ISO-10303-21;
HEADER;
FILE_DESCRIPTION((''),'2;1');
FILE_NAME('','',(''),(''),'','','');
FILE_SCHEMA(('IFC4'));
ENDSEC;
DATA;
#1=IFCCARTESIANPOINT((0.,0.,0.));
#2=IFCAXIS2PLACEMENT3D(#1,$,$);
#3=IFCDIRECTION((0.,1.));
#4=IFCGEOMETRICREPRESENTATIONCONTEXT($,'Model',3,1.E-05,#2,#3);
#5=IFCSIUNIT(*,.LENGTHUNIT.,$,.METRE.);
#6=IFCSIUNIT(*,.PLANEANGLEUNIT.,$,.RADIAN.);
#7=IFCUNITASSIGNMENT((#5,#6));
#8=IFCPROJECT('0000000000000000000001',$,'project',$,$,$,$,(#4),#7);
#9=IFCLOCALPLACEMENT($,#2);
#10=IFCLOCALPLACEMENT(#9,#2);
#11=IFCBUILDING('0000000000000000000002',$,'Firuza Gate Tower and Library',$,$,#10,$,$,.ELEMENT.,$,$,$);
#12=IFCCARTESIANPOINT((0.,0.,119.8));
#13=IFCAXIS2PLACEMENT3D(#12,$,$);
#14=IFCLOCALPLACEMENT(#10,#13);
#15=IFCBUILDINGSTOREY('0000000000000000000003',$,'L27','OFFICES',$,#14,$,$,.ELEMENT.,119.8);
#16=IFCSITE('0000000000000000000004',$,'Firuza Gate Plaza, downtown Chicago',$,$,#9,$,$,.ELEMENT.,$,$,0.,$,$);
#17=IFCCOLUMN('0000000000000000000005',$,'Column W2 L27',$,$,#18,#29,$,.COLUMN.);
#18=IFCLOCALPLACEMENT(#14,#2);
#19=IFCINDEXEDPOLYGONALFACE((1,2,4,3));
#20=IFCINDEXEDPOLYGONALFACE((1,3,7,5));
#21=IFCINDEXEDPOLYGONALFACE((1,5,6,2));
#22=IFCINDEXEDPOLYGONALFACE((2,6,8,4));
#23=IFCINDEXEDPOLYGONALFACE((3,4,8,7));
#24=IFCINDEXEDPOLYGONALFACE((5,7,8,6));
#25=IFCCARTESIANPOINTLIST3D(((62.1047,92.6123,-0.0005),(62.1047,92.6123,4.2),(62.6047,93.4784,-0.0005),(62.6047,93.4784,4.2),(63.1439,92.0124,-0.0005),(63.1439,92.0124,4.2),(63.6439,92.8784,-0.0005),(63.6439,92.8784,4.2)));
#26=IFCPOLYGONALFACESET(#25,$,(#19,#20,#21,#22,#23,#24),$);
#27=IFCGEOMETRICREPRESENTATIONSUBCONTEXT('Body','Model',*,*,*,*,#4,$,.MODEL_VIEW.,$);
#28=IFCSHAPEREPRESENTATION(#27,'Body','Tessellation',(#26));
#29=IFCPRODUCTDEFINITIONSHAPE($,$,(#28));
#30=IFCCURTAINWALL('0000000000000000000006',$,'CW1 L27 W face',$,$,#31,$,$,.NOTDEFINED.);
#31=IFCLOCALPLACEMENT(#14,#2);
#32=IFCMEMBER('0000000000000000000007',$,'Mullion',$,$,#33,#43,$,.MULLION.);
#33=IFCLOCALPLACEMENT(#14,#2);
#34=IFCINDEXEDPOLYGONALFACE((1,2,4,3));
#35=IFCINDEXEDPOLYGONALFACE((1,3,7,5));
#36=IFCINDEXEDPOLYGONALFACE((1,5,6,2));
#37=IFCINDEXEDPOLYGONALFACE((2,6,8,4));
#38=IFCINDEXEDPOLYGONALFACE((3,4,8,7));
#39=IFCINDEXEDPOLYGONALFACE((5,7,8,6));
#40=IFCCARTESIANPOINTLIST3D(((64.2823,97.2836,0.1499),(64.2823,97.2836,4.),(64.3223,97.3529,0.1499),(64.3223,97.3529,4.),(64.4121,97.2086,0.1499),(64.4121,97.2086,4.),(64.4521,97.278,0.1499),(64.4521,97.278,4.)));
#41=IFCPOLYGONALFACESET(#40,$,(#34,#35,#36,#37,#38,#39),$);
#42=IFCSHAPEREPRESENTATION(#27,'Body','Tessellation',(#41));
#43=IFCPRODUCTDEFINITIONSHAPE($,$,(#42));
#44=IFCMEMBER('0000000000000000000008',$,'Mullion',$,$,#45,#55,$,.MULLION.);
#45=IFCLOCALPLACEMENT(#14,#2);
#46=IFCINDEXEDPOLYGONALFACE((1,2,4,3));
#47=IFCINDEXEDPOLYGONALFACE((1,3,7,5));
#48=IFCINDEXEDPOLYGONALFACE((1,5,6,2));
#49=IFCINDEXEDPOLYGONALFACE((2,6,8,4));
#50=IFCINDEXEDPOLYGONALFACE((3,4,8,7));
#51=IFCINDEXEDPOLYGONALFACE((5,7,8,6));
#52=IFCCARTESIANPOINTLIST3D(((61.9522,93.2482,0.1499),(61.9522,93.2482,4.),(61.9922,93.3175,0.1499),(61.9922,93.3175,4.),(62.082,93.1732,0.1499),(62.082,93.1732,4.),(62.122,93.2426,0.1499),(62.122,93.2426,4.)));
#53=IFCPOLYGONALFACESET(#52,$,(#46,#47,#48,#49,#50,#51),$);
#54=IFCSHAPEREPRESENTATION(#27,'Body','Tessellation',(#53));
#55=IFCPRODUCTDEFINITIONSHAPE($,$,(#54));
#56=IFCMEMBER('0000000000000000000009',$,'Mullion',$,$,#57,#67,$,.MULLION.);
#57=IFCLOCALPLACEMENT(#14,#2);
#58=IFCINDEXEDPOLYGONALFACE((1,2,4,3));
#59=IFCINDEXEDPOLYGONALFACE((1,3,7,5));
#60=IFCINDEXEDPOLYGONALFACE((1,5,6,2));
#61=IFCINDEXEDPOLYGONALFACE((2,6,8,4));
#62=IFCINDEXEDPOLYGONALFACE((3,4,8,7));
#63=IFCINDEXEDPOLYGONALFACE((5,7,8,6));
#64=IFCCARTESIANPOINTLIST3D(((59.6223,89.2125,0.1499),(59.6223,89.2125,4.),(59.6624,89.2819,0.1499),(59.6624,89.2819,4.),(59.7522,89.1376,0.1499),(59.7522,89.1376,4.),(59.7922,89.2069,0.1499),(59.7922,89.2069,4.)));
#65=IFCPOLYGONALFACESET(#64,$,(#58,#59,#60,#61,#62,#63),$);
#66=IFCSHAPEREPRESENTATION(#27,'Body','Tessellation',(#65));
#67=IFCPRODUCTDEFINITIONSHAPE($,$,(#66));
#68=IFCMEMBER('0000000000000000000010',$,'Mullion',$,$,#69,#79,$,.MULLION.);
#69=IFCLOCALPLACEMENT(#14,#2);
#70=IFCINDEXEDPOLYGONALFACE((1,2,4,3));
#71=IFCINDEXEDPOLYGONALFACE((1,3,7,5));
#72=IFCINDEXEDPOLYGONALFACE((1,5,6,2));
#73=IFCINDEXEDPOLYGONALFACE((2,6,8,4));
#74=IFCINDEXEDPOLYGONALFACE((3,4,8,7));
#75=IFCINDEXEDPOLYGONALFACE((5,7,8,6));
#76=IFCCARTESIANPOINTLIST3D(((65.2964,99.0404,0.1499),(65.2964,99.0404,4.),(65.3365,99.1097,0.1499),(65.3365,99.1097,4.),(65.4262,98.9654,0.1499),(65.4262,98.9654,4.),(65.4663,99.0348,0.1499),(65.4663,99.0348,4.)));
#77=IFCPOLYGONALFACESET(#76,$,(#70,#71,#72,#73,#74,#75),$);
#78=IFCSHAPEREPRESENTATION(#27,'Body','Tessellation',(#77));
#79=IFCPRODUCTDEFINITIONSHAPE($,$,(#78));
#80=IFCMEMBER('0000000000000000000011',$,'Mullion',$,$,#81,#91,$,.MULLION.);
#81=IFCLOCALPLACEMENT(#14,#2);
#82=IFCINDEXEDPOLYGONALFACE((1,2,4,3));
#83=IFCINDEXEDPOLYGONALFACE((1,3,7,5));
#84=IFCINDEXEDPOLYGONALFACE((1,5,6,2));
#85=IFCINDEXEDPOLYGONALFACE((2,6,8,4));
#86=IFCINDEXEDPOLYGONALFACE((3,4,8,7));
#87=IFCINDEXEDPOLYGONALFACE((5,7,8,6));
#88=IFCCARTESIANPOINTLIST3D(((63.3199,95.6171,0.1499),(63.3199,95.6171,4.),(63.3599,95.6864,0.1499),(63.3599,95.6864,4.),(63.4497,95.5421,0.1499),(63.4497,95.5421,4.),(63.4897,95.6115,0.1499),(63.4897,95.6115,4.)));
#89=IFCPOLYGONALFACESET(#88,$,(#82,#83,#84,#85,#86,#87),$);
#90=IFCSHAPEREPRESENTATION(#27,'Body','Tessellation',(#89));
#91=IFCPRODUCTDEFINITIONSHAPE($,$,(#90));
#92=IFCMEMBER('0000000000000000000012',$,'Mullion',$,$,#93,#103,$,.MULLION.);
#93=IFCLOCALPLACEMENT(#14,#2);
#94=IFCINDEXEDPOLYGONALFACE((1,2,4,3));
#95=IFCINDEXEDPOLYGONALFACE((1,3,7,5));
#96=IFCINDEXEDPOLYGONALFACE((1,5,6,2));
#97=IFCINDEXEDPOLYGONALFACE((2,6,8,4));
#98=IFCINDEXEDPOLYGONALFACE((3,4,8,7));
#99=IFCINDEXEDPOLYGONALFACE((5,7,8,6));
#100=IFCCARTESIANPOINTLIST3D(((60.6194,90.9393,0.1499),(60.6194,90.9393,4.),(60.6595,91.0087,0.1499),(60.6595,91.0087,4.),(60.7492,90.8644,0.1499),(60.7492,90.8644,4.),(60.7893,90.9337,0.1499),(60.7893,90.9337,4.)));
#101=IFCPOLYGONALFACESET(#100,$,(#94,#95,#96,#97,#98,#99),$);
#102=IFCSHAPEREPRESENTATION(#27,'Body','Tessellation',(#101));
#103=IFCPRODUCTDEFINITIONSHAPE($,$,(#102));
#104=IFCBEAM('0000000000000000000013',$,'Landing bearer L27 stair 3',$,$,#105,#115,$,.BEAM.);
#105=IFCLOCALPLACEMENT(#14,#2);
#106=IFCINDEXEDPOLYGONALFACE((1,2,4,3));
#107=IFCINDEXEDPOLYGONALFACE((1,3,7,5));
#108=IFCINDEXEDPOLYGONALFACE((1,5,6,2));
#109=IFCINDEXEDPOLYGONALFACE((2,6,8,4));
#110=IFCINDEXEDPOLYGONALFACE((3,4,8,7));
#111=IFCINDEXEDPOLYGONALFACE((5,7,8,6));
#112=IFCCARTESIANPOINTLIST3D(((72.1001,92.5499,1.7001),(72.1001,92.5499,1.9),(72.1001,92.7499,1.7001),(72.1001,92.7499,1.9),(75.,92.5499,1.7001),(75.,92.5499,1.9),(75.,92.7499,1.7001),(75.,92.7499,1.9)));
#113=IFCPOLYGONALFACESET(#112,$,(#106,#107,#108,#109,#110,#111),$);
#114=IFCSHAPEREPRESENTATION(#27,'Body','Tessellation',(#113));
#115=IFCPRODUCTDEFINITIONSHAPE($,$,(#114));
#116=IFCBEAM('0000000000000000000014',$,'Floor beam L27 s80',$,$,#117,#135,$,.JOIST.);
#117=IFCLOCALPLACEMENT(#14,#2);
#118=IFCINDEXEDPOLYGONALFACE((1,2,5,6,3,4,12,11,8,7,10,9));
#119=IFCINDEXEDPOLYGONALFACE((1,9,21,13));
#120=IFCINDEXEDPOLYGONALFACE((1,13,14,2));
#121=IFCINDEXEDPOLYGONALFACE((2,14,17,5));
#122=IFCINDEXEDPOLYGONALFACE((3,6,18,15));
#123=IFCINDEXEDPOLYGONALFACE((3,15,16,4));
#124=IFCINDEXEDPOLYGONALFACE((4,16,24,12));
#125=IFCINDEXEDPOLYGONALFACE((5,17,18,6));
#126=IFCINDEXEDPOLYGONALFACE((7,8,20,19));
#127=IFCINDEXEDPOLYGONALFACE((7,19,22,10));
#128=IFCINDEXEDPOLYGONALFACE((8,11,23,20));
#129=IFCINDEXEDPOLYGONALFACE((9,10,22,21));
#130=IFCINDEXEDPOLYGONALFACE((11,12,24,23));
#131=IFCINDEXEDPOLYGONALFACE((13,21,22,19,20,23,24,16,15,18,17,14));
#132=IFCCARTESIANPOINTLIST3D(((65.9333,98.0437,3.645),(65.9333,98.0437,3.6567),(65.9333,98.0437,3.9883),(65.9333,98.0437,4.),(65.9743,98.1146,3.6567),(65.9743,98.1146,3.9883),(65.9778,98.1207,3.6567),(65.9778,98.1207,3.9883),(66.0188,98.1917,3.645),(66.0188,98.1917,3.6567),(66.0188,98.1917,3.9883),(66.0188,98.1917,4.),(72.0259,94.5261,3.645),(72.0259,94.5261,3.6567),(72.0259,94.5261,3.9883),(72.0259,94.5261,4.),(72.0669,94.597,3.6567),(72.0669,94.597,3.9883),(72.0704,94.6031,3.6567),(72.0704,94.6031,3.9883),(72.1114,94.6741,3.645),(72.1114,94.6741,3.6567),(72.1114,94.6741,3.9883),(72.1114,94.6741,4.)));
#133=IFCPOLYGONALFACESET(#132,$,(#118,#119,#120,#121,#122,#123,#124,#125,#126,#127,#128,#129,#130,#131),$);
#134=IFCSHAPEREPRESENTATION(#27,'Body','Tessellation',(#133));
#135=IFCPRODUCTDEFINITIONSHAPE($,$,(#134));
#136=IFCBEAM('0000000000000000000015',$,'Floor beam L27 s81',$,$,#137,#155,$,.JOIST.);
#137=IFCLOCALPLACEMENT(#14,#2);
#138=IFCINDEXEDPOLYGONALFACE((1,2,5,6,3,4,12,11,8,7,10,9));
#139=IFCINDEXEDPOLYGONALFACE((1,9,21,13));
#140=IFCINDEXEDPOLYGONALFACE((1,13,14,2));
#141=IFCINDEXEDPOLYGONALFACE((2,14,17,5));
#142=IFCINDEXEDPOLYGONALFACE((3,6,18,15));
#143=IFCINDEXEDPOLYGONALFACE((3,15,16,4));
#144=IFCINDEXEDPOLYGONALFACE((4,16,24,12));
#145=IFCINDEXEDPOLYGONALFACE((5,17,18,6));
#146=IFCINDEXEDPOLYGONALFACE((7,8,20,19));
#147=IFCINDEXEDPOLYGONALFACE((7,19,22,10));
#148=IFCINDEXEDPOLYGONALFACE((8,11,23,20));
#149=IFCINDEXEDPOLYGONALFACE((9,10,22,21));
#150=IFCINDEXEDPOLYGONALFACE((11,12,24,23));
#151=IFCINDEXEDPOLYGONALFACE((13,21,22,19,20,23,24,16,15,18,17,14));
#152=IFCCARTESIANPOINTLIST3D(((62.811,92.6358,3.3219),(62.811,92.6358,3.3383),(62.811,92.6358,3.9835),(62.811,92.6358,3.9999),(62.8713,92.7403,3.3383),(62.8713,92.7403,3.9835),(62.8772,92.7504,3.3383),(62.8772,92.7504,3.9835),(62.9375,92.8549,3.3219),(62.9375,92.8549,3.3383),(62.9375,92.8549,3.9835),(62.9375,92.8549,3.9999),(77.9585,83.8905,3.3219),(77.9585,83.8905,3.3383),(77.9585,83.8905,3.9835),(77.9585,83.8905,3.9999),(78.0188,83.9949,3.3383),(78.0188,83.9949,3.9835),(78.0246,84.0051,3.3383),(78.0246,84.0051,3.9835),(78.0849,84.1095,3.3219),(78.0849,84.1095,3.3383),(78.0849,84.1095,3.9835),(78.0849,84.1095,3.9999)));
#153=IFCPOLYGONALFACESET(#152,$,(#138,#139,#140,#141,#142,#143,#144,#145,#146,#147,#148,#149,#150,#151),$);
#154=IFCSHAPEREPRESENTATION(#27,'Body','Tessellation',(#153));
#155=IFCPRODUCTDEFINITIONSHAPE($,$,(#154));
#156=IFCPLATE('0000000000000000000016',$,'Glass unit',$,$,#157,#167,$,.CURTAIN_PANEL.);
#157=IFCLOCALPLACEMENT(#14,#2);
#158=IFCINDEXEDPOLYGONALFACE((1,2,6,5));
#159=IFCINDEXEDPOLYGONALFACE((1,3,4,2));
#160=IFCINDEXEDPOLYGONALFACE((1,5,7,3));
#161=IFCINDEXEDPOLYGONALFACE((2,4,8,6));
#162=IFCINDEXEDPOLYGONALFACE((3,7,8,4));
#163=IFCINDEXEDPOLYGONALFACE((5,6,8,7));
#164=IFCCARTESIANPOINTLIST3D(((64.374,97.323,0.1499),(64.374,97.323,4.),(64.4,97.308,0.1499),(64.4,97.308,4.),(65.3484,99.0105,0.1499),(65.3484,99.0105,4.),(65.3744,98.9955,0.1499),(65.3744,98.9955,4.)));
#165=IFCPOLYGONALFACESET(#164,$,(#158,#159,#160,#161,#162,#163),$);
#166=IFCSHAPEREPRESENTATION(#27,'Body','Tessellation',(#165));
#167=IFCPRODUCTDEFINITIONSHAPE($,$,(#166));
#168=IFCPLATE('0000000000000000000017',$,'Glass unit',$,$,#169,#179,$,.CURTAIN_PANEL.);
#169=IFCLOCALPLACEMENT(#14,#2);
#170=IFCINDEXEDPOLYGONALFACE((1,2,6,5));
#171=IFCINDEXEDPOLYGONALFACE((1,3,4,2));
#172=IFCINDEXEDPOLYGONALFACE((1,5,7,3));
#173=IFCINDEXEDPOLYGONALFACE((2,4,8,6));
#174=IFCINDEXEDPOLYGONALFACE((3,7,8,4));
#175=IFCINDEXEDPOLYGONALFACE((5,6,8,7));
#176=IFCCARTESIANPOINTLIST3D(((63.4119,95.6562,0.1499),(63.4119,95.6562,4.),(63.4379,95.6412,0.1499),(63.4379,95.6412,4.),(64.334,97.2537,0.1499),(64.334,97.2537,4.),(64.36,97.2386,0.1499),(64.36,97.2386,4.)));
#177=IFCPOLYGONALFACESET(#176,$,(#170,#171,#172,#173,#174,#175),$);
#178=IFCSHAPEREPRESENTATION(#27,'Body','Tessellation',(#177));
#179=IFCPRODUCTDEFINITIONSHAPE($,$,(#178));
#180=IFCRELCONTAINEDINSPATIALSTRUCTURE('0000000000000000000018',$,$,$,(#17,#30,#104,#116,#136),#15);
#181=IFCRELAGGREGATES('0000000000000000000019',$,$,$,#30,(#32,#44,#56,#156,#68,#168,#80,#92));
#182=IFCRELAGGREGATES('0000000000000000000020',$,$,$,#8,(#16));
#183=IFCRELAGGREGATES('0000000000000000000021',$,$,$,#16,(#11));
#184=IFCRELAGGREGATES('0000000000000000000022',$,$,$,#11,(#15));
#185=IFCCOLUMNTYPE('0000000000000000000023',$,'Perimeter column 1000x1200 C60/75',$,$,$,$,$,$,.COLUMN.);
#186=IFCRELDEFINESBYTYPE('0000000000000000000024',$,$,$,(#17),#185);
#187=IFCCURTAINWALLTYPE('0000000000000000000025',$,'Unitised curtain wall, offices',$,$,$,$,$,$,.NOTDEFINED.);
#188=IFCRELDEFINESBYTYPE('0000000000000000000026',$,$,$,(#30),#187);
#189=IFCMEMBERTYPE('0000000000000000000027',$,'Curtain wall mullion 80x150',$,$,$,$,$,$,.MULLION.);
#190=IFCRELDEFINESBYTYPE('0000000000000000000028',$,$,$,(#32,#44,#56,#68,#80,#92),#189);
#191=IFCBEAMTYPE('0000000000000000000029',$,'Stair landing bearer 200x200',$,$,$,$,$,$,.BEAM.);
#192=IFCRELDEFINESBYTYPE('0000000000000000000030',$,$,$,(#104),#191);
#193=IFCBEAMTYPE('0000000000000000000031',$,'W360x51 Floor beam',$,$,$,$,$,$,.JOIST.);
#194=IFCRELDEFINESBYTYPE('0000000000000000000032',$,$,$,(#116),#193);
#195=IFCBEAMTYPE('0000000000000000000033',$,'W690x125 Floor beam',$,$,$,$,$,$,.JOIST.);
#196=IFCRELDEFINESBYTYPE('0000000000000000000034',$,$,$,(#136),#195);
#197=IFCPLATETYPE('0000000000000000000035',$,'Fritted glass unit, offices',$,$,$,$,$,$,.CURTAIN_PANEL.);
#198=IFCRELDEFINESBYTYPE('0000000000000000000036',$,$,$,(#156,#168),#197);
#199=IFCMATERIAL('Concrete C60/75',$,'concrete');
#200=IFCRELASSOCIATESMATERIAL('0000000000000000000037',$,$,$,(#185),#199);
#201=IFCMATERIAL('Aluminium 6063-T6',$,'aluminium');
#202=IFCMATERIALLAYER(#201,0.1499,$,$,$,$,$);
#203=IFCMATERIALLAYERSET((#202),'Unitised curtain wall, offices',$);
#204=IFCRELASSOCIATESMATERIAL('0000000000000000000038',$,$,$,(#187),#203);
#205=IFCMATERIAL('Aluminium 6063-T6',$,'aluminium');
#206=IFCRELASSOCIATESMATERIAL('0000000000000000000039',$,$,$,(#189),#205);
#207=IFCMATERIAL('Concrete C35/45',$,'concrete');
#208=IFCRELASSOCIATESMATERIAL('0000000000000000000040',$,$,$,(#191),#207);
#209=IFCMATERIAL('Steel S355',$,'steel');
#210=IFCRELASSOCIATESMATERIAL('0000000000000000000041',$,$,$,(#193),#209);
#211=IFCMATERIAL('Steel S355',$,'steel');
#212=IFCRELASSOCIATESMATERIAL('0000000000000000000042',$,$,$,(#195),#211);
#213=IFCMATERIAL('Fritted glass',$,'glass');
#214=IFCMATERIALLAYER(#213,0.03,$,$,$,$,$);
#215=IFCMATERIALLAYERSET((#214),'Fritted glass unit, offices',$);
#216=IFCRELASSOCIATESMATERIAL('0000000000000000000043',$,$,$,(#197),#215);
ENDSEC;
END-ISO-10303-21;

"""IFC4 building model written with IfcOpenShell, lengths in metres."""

from ifc_helpers import new_model, si_unit, direction, frame, origin, origin_2d, place, context, subcontext, project, spatial, polyline, rectangle, i_section, outline, extrude, material, layer, layer_set, material_profile, profile_set, type_object, element, aggregate, save


model = new_model("IFC4")

# Units and contexts
model_context = context("Model", 3, precision=1e-05, world=origin(), true_north=direction((0.0, 1.0)))
body_context = subcontext(model_context, "Body", "Model", "MODEL_VIEW")
ifc_project = project(units=[si_unit("LENGTHUNIT", "METRE"), si_unit("PLANEANGLEUNIT", "RADIAN")], contexts=[model_context])

# Site, building, storey
site_placement = place(None, origin())
site = spatial("IfcSite", under=ifc_project, at=site_placement, Name="Firuza Gate Plaza, downtown Chicago", CompositionType="ELEMENT", RefElevation=0.0)
building_placement = place(site_placement, origin())
building = spatial("IfcBuilding", under=site, at=building_placement, Name="Firuza Gate Tower and Library", CompositionType="ELEMENT")
storey_placement = place(building_placement, frame((0.0, 0.0, 119.8)))
storey = spatial("IfcBuildingStorey", under=building, at=storey_placement, Name="L27", Description="OFFICES", CompositionType="ELEMENT", Elevation=119.8)

# Column
ifc_material_1 = material(Name="Concrete C60/75", Category="concrete")
ifc_material_profile_1 = material_profile(ifc_material_1, rectangle(XDim=1.0, YDim=1.2, at=origin_2d()))
ifc_profile_set_1 = profile_set([ifc_material_profile_1], Name="Concrete C60/75")
column_type = type_object("IfcColumnType", Name="Perimeter column 1000x1200 C60/75", PredefinedType="COLUMN", material=ifc_profile_set_1)
column_placement = place(storey_placement, frame((62.8743, 92.7454, -0.0005), z_axis=(0.0, 0.0, 1.0), x_axis=(-0.5, -0.866025, 0.0)))
element("IfcColumn", 1, at=column_placement, inside=storey, type_object=column_type, Name="Column W2 L27", PredefinedType="COLUMN", context=body_context, shape_type="SweptSolid", body=[
    extrude(rectangle(XDim=1.0, YDim=1.2, at=origin_2d()), origin(), (0.0, 0.0, 1.0), 4.2004),
])

# Curtain wall, members
ifc_material_2 = material(Name="Aluminium 6063-T6", Category="aluminium")
ifc_layer_1 = layer(ifc_material_2, 0.1499)
ifc_layer_set_1 = layer_set([ifc_layer_1], Name="Unitised curtain wall, offices")
curtain_wall_type = type_object("IfcCurtainWallType", Name="Unitised curtain wall, offices", PredefinedType="NOTDEFINED", material=ifc_layer_set_1)
placement = place(storey_placement, origin())
curtain_wall = element("IfcCurtainWall", 2, at=placement, inside=storey, type_object=curtain_wall_type, Name="CW1 L27 W face", PredefinedType="NOTDEFINED")
ifc_material_3 = material(Name="Aluminium 6063-T6", Category="aluminium")
ifc_material_profile_2 = material_profile(ifc_material_3, rectangle(XDim=0.1499, YDim=0.0801, at=origin_2d()))
ifc_profile_set_2 = profile_set([ifc_material_profile_2], Name="Aluminium 6063-T6")
member_type = type_object("IfcMemberType", Name="Curtain wall mullion 80x150", PredefinedType="MULLION", material=ifc_profile_set_2)
member_1_placement = place(storey_placement, frame((64.3672, 97.2808, 0.1499), z_axis=(0.0, 0.0, 1.0), x_axis=(0.866025, -0.5, 0.0)))
member_1 = element("IfcMember", 3, at=member_1_placement, type_object=member_type, Name="Mullion", PredefinedType="MULLION", context=body_context, shape_type="SweptSolid", body=[
    extrude(rectangle(XDim=0.1499, YDim=0.0801, at=origin_2d()), origin(), (0.0, 0.0, 1.0), 3.8501),
])
member_2_placement = place(storey_placement, frame((62.0371, 93.2454, 0.1499), z_axis=(0.0, 0.0, 1.0), x_axis=(0.866025, -0.5, 0.0)))
member_2 = element("IfcMember", 4, at=member_2_placement, type_object=member_type, Name="Mullion", PredefinedType="MULLION", context=body_context, shape_type="SweptSolid", body=[
    extrude(rectangle(XDim=0.1499, YDim=0.0801, at=origin_2d()), origin(), (0.0, 0.0, 1.0), 3.8501),
])
member_3_placement = place(storey_placement, frame((59.7073, 89.2097, 0.1499), z_axis=(0.0, 0.0, 1.0), x_axis=(0.866025, -0.5, 0.0)))
member_3 = element("IfcMember", 5, at=member_3_placement, type_object=member_type, Name="Mullion", PredefinedType="MULLION", context=body_context, shape_type="SweptSolid", body=[
    extrude(rectangle(XDim=0.1499, YDim=0.0801, at=origin_2d()), origin(), (0.0, 0.0, 1.0), 3.8501),
])
member_4_placement = place(storey_placement, frame((65.3813, 99.0376, 0.1499), z_axis=(0.0, 0.0, 1.0), x_axis=(0.866025, -0.5, 0.0)))
member_4 = element("IfcMember", 6, at=member_4_placement, type_object=member_type, Name="Mullion", PredefinedType="MULLION", context=body_context, shape_type="SweptSolid", body=[
    extrude(rectangle(XDim=0.1499, YDim=0.0801, at=origin_2d()), origin(), (0.0, 0.0, 1.0), 3.8501),
])
member_5_placement = place(storey_placement, frame((63.4048, 95.6143, 0.1499), z_axis=(0.0, 0.0, 1.0), x_axis=(0.866025, -0.5, 0.0)))
member_5 = element("IfcMember", 7, at=member_5_placement, type_object=member_type, Name="Mullion", PredefinedType="MULLION", context=body_context, shape_type="SweptSolid", body=[
    extrude(rectangle(XDim=0.1499, YDim=0.0801, at=origin_2d()), origin(), (0.0, 0.0, 1.0), 3.8501),
])
member_6_placement = place(storey_placement, frame((60.7043, 90.9365, 0.1499), z_axis=(0.0, 0.0, 1.0), x_axis=(0.866025, -0.5, 0.0)))
member_6 = element("IfcMember", 8, at=member_6_placement, type_object=member_type, Name="Mullion", PredefinedType="MULLION", context=body_context, shape_type="SweptSolid", body=[
    extrude(rectangle(XDim=0.1499, YDim=0.0801, at=origin_2d()), origin(), (0.0, 0.0, 1.0), 3.8501),
])

# Beams
ifc_material_4 = material(Name="Concrete C35/45", Category="concrete")
ifc_material_profile_3 = material_profile(ifc_material_4, rectangle(XDim=0.2, YDim=0.2, at=origin_2d()))
ifc_profile_set_3 = profile_set([ifc_material_profile_3], Name="Concrete C35/45")
beam_type_1 = type_object("IfcBeamType", Name="Stair landing bearer 200x200", PredefinedType="BEAM", material=ifc_profile_set_3)
beam_1_placement = place(storey_placement, frame((75.0, 92.6499, 1.8), z_axis=(-1.0, 0.0, 0.0), x_axis=(0.0, -1.0, 0.0)))
element("IfcBeam", 9, at=beam_1_placement, inside=storey, type_object=beam_type_1, Name="Landing bearer L27 stair 3", PredefinedType="BEAM", context=body_context, shape_type="SweptSolid", body=[
    extrude(rectangle(XDim=0.2, YDim=0.2, at=origin_2d()), origin(), (0.0, 0.0, 1.0), 2.8999),
])
ifc_material_5 = material(Name="Steel S355", Category="steel")
ifc_material_profile_4 = material_profile(ifc_material_5, i_section(OverallWidth=0.1709, OverallDepth=0.355, WebThickness=0.0071, FlangeThickness=0.0117, at=origin_2d()))
ifc_profile_set_4 = profile_set([ifc_material_profile_4], Name="Steel S355")
beam_type_2 = type_object("IfcBeamType", Name="W360x51 Floor beam", PredefinedType="JOIST", material=ifc_profile_set_4)
beam_2_placement = place(storey_placement, frame((65.9761, 98.1177, 3.8225), z_axis=(0.866022, -0.500006, 0.0), x_axis=(0.500006, 0.866022, 0.0)))
element("IfcBeam", 10, at=beam_2_placement, inside=storey, type_object=beam_type_2, Name="Floor beam L27 s80", PredefinedType="JOIST", context=body_context, shape_type="SweptSolid", body=[
    extrude(i_section(OverallWidth=0.1709, OverallDepth=0.355, WebThickness=0.0071, FlangeThickness=0.0117, at=origin_2d()), origin(), (0.0, 0.0, 1.0), 7.0352),
])
ifc_material_6 = material(Name="Steel S355", Category="steel")
ifc_material_profile_5 = material_profile(ifc_material_6, i_section(OverallWidth=0.2529, OverallDepth=0.678, WebThickness=0.0117, FlangeThickness=0.0164, at=origin_2d()))
ifc_profile_set_5 = profile_set([ifc_material_profile_5], Name="Steel S355")
beam_type_3 = type_object("IfcBeamType", Name="W690x125 Floor beam", PredefinedType="JOIST", material=ifc_profile_set_5)
beam_3_placement = place(storey_placement, frame((62.8743, 92.7454, 3.6609), z_axis=(0.866026, -0.499999, 0.0), x_axis=(0.499999, 0.866026, 0.0)))
element("IfcBeam", 11, at=beam_3_placement, inside=storey, type_object=beam_type_3, Name="Floor beam L27 s81", PredefinedType="JOIST", context=body_context, shape_type="SweptSolid", body=[
    extrude(i_section(OverallWidth=0.2529, OverallDepth=0.678, WebThickness=0.0117, FlangeThickness=0.0164, at=origin_2d()), origin(), (0.0, 0.0, 1.0), 17.4907),
])

# Plates
ifc_material_7 = material(Name="Fritted glass", Category="glass")
ifc_layer_2 = layer(ifc_material_7, 0.03)
ifc_layer_set_2 = layer_set([ifc_layer_2], Name="Fritted glass unit, offices")
plate_type_1 = type_object("IfcPlateType", Name="Fritted glass unit, offices", PredefinedType="CURTAIN_PANEL", material=ifc_layer_set_2)
plate_1_placement = place(storey_placement, frame((65.3484, 99.0105, 0.1499), z_axis=(-0.866006, 0.500033, 0.0), x_axis=(-0.500033, -0.866006, 0.0)))
plate_1 = element("IfcPlate", 12, at=plate_1_placement, type_object=plate_type_1, Name="Glass unit", PredefinedType="CURTAIN_PANEL", context=body_context, shape_type="SweptSolid", body=[
    extrude(outline(polyline([(0.0, 0.0), (1.9486, 0.0), (1.9486, 3.8501), (0.0, 3.8501), (0.0, 0.0)])), origin(), (0.0, 0.0, -1.0), 0.03),
])
plate_2_placement = place(storey_placement, frame((64.334, 97.2537, 0.1499), z_axis=(-0.86606, 0.49994, 0.0), x_axis=(-0.49994, -0.86606, 0.0)))
plate_2 = element("IfcPlate", 13, at=plate_2_placement, type_object=plate_type_1, Name="Glass unit", PredefinedType="CURTAIN_PANEL", context=body_context, shape_type="SweptSolid", body=[
    extrude(outline(polyline([(0.0, 0.0), (1.8445, 0.0), (1.8445, 3.8501), (0.0, 3.8501), (0.0, 0.0)])), origin(), (0.0, 0.0, -1.0), 0.03),
])
aggregate(curtain_wall, [member_1, member_2, member_3, plate_1, member_4, plate_2, member_5, member_6])

save(model, "model.ifc")
